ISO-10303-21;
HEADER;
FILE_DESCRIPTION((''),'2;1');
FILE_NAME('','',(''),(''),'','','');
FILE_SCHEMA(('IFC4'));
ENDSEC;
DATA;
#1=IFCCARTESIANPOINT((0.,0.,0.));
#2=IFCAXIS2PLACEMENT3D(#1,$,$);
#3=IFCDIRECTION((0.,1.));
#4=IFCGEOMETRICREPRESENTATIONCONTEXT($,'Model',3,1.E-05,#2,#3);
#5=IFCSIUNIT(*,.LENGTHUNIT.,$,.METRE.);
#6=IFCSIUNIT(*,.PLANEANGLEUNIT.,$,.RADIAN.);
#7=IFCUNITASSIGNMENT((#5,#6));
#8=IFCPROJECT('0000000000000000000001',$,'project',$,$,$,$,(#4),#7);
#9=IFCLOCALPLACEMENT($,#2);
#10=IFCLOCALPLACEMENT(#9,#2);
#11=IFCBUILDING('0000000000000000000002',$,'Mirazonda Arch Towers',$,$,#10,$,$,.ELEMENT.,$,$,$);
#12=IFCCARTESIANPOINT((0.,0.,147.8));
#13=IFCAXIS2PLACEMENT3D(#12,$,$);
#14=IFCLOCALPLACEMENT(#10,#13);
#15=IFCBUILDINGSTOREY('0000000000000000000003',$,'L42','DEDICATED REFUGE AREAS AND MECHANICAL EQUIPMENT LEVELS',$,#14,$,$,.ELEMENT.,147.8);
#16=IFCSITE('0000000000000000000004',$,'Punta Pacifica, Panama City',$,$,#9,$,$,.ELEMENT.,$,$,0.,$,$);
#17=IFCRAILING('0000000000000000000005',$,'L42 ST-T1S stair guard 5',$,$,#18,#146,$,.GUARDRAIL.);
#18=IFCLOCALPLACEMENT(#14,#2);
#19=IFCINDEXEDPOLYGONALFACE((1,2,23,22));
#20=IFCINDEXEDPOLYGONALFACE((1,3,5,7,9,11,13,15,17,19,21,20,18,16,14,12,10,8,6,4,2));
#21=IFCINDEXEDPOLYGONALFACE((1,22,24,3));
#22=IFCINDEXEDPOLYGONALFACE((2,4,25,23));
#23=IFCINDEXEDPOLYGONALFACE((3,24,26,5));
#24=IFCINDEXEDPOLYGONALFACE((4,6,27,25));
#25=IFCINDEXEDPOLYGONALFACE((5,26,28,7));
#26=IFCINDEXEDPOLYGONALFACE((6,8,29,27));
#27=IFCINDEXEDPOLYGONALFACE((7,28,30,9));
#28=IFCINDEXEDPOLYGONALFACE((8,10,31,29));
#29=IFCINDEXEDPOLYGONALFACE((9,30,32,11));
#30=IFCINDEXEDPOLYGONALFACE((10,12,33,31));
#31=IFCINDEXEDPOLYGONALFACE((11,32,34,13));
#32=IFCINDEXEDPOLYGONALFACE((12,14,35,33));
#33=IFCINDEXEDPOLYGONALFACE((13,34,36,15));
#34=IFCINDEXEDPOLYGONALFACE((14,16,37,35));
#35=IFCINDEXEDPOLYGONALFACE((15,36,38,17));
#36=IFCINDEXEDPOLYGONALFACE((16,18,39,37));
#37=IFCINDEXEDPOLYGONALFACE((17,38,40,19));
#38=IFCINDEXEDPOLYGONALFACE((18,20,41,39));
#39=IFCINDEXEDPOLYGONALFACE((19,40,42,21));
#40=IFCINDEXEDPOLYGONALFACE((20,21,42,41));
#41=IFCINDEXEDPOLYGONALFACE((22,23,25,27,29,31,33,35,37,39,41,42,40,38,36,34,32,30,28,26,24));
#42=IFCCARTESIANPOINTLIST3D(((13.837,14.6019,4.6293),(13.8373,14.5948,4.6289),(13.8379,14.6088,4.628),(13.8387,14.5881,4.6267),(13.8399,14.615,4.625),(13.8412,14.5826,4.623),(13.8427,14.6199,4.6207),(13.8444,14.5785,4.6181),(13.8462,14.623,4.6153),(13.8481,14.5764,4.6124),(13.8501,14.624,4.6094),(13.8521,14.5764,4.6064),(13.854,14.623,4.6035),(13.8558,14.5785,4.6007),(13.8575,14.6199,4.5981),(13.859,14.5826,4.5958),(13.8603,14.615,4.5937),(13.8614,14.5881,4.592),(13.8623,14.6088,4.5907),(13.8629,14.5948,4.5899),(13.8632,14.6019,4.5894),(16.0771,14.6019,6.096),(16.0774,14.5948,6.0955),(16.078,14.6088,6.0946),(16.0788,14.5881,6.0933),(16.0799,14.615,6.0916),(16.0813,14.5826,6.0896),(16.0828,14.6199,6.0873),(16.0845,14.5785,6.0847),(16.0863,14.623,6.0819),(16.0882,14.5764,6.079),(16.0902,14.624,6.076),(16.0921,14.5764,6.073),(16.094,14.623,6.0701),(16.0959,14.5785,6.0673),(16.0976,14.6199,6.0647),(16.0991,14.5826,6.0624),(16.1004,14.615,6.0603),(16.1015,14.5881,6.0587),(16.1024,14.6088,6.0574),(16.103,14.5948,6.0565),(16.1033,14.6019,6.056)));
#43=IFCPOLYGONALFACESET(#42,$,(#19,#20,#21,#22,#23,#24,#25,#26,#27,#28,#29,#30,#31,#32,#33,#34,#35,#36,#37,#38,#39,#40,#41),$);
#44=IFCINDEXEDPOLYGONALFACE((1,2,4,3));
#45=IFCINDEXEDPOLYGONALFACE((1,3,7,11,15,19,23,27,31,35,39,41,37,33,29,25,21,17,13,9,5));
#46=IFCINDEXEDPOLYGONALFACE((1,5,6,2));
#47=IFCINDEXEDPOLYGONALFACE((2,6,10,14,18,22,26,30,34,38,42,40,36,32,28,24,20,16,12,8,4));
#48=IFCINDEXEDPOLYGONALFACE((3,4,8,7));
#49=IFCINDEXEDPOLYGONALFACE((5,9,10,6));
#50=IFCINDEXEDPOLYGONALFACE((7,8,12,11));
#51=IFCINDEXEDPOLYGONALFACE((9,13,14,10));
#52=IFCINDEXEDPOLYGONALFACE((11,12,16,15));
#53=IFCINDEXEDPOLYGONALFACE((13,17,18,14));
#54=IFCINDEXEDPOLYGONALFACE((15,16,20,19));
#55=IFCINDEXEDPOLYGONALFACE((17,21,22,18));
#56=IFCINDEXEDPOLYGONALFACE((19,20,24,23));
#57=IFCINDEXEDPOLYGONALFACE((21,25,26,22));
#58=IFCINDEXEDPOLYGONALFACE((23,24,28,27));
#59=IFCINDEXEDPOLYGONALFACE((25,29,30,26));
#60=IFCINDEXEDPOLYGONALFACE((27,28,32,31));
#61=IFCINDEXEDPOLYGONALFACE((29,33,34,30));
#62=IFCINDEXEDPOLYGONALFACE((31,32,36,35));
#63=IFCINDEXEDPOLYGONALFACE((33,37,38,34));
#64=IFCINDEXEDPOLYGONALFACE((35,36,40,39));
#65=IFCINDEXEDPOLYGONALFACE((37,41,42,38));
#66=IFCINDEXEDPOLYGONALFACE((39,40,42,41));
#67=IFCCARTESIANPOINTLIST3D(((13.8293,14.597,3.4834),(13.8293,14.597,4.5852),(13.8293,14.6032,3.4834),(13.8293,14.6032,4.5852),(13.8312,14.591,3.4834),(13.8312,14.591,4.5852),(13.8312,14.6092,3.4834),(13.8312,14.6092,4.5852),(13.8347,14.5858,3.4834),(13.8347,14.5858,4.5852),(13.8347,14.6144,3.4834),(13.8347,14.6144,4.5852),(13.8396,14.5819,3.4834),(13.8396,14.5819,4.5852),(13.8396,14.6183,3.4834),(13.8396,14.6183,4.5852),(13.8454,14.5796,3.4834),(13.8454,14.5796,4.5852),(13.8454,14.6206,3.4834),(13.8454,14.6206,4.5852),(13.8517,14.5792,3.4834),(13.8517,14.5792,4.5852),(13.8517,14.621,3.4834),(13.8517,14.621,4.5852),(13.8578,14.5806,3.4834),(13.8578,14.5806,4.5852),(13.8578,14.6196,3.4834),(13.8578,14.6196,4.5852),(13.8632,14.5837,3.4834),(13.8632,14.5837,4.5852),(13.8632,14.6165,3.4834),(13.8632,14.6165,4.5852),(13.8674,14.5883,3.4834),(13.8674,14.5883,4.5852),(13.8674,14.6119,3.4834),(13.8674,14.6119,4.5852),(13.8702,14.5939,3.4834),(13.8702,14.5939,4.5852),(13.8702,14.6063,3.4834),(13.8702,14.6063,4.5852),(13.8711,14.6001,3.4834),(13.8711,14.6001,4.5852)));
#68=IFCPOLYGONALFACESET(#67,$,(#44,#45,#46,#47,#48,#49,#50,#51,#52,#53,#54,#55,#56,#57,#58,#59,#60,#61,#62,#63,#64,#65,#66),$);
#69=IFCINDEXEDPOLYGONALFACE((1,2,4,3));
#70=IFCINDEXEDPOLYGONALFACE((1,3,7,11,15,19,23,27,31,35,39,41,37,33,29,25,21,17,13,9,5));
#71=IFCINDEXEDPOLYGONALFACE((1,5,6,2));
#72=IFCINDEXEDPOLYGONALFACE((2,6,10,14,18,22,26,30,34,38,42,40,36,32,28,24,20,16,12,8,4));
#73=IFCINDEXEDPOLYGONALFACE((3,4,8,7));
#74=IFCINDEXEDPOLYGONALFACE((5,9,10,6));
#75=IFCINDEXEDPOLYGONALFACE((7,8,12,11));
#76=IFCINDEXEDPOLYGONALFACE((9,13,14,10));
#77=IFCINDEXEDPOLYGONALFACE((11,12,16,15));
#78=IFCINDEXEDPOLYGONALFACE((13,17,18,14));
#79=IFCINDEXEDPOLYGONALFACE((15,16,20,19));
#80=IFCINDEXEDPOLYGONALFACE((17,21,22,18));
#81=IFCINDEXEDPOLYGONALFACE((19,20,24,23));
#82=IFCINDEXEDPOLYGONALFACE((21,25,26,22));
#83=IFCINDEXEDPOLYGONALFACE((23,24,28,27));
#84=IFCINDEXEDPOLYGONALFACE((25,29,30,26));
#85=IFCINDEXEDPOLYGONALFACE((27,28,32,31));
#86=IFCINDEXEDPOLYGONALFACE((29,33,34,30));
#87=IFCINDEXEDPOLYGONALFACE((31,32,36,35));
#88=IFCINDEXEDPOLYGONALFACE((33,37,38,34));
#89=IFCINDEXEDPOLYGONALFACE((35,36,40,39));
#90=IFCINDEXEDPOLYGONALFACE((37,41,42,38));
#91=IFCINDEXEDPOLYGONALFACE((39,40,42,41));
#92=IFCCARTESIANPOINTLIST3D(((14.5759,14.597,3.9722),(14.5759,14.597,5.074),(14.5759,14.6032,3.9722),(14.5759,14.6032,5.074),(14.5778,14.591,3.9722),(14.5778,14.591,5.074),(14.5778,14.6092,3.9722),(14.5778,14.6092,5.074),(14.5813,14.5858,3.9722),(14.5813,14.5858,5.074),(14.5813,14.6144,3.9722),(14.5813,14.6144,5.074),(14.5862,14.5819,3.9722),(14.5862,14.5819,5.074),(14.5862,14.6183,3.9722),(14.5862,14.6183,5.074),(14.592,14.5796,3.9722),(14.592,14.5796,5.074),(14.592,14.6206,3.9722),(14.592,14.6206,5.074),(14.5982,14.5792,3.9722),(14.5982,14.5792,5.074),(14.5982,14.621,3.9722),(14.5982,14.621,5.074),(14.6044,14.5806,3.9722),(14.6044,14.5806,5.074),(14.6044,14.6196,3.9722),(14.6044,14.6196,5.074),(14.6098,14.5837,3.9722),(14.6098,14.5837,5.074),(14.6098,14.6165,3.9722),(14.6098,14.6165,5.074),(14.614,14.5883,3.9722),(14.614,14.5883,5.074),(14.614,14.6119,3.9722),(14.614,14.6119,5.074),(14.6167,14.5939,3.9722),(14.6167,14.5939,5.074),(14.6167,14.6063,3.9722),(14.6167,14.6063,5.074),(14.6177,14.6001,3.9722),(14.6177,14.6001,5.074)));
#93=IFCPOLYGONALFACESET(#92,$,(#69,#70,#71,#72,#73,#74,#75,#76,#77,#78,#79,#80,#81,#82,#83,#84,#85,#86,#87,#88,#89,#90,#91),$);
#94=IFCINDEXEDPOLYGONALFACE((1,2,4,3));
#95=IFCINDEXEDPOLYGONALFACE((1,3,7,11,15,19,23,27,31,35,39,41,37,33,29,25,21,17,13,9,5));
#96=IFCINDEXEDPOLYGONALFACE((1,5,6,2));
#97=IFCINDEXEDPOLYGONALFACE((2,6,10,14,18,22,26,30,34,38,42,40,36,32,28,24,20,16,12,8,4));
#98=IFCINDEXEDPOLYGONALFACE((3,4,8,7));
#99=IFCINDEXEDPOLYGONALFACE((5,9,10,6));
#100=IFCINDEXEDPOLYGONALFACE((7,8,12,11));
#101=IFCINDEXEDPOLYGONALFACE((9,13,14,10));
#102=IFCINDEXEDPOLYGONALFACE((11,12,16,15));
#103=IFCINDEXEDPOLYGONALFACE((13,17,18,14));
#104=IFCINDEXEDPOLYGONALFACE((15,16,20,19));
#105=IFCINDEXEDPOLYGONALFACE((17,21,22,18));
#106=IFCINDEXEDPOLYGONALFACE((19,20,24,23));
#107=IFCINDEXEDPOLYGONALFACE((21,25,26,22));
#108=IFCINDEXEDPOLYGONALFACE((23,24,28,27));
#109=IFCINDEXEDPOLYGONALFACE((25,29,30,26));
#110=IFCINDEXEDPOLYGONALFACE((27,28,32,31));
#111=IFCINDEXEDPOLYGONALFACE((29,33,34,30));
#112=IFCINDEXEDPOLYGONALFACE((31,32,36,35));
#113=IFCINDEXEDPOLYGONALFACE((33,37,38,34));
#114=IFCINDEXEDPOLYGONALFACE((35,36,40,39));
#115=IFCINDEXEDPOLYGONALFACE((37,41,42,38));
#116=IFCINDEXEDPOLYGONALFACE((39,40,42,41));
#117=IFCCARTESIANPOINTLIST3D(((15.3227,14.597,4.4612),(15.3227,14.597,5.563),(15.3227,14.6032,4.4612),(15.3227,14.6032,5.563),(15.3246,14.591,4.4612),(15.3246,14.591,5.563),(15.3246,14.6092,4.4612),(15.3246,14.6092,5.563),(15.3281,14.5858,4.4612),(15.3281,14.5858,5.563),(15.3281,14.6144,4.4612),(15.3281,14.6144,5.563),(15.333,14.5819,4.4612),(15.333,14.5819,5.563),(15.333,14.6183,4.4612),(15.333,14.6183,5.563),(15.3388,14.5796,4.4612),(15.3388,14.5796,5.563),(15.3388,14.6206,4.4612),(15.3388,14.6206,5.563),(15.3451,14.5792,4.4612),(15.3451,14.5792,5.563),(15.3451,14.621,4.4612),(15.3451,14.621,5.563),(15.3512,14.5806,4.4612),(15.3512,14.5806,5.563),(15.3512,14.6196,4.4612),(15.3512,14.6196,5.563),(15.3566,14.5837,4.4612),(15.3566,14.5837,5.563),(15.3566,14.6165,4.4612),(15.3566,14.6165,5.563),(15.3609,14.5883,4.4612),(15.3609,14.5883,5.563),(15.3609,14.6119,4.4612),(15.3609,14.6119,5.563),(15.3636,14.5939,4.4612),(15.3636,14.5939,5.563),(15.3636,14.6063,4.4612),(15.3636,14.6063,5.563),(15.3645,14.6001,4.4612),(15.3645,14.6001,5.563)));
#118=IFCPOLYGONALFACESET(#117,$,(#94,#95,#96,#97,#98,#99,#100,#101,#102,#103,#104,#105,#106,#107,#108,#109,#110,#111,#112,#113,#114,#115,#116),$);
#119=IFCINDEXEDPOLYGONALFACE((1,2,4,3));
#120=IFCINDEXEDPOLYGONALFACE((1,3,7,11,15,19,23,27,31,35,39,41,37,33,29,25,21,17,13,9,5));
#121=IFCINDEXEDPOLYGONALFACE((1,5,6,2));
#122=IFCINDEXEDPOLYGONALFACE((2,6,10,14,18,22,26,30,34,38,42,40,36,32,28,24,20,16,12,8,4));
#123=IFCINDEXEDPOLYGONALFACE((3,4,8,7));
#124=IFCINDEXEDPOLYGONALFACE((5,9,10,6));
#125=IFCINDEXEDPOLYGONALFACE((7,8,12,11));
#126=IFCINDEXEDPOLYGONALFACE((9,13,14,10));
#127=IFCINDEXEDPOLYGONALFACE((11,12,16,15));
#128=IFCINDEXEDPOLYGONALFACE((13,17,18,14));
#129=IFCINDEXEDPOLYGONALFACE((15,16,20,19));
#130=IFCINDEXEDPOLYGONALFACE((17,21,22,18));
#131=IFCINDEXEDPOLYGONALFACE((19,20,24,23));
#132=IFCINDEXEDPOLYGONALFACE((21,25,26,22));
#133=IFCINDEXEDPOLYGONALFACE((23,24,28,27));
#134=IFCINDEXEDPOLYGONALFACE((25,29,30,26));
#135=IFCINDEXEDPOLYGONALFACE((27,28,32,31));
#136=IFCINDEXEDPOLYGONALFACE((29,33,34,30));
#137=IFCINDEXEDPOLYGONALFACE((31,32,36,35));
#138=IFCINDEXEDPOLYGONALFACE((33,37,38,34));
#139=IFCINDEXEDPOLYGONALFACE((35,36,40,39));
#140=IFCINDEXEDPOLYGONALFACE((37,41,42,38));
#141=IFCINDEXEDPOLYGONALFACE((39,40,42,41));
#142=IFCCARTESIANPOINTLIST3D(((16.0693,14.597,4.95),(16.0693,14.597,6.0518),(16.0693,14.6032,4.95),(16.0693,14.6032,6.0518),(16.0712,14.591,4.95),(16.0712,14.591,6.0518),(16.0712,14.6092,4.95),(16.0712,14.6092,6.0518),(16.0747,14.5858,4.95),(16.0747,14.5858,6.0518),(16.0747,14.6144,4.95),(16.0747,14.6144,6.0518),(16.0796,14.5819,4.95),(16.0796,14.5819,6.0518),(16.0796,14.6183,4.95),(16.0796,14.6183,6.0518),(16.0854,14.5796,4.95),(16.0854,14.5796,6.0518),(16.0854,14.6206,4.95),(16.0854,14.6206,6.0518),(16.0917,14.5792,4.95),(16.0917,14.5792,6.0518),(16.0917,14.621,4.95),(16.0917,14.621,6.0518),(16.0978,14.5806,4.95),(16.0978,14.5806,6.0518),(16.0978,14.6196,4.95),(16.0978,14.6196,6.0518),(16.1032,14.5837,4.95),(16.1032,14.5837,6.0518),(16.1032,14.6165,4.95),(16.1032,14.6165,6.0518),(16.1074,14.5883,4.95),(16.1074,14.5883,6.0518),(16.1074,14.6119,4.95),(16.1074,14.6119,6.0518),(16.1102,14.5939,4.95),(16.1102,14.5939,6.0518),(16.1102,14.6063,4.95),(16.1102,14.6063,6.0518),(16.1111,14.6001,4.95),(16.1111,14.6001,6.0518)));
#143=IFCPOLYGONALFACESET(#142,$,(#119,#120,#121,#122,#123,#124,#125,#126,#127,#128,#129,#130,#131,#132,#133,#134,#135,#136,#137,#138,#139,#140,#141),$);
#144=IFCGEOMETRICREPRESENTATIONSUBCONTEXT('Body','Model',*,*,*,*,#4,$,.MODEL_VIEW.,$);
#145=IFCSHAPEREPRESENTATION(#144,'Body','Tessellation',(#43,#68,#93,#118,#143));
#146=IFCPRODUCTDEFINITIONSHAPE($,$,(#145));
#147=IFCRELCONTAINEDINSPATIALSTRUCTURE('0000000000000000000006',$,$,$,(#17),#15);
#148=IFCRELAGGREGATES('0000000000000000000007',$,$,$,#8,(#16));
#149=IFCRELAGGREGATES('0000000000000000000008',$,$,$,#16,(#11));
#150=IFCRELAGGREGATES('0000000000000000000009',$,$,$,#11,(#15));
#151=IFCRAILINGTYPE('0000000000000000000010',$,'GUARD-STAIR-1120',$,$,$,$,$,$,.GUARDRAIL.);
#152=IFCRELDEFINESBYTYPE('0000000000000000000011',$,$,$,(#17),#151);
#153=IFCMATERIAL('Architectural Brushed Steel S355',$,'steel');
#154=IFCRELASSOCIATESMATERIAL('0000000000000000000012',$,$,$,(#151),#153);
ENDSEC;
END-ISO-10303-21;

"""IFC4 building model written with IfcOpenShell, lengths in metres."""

from ifc_helpers import new_model, si_unit, direction, frame, origin, origin_2d, place, context, subcontext, project, spatial, circle, extrude, material, type_object, element, save


model = new_model("IFC4")

# Units and contexts
model_context = context("Model", 3, precision=1e-05, world=origin(), true_north=direction((0.0, 1.0)))
body_context = subcontext(model_context, "Body", "Model", "MODEL_VIEW")
ifc_project = project(units=[si_unit("LENGTHUNIT", "METRE"), si_unit("PLANEANGLEUNIT", "RADIAN")], contexts=[model_context])

# Site, building, storey
site_placement = place(None, origin())
site = spatial("IfcSite", under=ifc_project, at=site_placement, Name="Punta Pacifica, Panama City", CompositionType="ELEMENT", RefElevation=0.0)
building_placement = place(site_placement, origin())
building = spatial("IfcBuilding", under=site, at=building_placement, Name="Mirazonda Arch Towers", CompositionType="ELEMENT")
storey_placement = place(building_placement, frame((0.0, 0.0, 147.8)))
storey = spatial("IfcBuildingStorey", under=building, at=storey_placement, Name="L42", Description="DEDICATED REFUGE AREAS AND MECHANICAL EQUIPMENT LEVELS", CompositionType="ELEMENT", Elevation=147.8)

# Shared definitions
ifc_material_1 = material(Name="Architectural Brushed Steel S355", Category="steel")

# Railing
railing_type_1 = type_object("IfcRailingType", Name="GUARD-STAIR-1120", PredefinedType="GUARDRAIL", material=ifc_material_1)
railing_1_placement = place(storey_placement, frame((13.8501, 14.6001, 3.4834)))
element("IfcRailing", 1, at=railing_1_placement, inside=storey, type_object=railing_type_1, Name="L42 ST-T1S stair guard 5", PredefinedType="GUARDRAIL", context=body_context, shape_type="SweptSolid", body=[
    extrude(circle(Radius=0.0239, at=origin_2d()), frame((0.0, 0.0, 1.126), z_axis=(0.836637, 0.0, 0.547758), x_axis=(0.0, 1.0, 0.0)), (0.0, 0.0, 1.0), 2.6775),
    extrude(circle(Radius=0.021, at=origin_2d()), origin(), (0.0, 0.0, 1.0), 1.1018),
    extrude(circle(Radius=0.021, at=origin_2d()), frame((0.7466, 0.0, 0.4888)), (0.0, 0.0, 1.0), 1.1018),
    extrude(circle(Radius=0.021, at=origin_2d()), frame((1.4934, 0.0, 0.9778)), (0.0, 0.0, 1.0), 1.1018),
    extrude(circle(Radius=0.021, at=origin_2d()), frame((2.24, 0.0, 1.4666)), (0.0, 0.0, 1.0), 1.1018),
])

save(model, "model.ifc")
